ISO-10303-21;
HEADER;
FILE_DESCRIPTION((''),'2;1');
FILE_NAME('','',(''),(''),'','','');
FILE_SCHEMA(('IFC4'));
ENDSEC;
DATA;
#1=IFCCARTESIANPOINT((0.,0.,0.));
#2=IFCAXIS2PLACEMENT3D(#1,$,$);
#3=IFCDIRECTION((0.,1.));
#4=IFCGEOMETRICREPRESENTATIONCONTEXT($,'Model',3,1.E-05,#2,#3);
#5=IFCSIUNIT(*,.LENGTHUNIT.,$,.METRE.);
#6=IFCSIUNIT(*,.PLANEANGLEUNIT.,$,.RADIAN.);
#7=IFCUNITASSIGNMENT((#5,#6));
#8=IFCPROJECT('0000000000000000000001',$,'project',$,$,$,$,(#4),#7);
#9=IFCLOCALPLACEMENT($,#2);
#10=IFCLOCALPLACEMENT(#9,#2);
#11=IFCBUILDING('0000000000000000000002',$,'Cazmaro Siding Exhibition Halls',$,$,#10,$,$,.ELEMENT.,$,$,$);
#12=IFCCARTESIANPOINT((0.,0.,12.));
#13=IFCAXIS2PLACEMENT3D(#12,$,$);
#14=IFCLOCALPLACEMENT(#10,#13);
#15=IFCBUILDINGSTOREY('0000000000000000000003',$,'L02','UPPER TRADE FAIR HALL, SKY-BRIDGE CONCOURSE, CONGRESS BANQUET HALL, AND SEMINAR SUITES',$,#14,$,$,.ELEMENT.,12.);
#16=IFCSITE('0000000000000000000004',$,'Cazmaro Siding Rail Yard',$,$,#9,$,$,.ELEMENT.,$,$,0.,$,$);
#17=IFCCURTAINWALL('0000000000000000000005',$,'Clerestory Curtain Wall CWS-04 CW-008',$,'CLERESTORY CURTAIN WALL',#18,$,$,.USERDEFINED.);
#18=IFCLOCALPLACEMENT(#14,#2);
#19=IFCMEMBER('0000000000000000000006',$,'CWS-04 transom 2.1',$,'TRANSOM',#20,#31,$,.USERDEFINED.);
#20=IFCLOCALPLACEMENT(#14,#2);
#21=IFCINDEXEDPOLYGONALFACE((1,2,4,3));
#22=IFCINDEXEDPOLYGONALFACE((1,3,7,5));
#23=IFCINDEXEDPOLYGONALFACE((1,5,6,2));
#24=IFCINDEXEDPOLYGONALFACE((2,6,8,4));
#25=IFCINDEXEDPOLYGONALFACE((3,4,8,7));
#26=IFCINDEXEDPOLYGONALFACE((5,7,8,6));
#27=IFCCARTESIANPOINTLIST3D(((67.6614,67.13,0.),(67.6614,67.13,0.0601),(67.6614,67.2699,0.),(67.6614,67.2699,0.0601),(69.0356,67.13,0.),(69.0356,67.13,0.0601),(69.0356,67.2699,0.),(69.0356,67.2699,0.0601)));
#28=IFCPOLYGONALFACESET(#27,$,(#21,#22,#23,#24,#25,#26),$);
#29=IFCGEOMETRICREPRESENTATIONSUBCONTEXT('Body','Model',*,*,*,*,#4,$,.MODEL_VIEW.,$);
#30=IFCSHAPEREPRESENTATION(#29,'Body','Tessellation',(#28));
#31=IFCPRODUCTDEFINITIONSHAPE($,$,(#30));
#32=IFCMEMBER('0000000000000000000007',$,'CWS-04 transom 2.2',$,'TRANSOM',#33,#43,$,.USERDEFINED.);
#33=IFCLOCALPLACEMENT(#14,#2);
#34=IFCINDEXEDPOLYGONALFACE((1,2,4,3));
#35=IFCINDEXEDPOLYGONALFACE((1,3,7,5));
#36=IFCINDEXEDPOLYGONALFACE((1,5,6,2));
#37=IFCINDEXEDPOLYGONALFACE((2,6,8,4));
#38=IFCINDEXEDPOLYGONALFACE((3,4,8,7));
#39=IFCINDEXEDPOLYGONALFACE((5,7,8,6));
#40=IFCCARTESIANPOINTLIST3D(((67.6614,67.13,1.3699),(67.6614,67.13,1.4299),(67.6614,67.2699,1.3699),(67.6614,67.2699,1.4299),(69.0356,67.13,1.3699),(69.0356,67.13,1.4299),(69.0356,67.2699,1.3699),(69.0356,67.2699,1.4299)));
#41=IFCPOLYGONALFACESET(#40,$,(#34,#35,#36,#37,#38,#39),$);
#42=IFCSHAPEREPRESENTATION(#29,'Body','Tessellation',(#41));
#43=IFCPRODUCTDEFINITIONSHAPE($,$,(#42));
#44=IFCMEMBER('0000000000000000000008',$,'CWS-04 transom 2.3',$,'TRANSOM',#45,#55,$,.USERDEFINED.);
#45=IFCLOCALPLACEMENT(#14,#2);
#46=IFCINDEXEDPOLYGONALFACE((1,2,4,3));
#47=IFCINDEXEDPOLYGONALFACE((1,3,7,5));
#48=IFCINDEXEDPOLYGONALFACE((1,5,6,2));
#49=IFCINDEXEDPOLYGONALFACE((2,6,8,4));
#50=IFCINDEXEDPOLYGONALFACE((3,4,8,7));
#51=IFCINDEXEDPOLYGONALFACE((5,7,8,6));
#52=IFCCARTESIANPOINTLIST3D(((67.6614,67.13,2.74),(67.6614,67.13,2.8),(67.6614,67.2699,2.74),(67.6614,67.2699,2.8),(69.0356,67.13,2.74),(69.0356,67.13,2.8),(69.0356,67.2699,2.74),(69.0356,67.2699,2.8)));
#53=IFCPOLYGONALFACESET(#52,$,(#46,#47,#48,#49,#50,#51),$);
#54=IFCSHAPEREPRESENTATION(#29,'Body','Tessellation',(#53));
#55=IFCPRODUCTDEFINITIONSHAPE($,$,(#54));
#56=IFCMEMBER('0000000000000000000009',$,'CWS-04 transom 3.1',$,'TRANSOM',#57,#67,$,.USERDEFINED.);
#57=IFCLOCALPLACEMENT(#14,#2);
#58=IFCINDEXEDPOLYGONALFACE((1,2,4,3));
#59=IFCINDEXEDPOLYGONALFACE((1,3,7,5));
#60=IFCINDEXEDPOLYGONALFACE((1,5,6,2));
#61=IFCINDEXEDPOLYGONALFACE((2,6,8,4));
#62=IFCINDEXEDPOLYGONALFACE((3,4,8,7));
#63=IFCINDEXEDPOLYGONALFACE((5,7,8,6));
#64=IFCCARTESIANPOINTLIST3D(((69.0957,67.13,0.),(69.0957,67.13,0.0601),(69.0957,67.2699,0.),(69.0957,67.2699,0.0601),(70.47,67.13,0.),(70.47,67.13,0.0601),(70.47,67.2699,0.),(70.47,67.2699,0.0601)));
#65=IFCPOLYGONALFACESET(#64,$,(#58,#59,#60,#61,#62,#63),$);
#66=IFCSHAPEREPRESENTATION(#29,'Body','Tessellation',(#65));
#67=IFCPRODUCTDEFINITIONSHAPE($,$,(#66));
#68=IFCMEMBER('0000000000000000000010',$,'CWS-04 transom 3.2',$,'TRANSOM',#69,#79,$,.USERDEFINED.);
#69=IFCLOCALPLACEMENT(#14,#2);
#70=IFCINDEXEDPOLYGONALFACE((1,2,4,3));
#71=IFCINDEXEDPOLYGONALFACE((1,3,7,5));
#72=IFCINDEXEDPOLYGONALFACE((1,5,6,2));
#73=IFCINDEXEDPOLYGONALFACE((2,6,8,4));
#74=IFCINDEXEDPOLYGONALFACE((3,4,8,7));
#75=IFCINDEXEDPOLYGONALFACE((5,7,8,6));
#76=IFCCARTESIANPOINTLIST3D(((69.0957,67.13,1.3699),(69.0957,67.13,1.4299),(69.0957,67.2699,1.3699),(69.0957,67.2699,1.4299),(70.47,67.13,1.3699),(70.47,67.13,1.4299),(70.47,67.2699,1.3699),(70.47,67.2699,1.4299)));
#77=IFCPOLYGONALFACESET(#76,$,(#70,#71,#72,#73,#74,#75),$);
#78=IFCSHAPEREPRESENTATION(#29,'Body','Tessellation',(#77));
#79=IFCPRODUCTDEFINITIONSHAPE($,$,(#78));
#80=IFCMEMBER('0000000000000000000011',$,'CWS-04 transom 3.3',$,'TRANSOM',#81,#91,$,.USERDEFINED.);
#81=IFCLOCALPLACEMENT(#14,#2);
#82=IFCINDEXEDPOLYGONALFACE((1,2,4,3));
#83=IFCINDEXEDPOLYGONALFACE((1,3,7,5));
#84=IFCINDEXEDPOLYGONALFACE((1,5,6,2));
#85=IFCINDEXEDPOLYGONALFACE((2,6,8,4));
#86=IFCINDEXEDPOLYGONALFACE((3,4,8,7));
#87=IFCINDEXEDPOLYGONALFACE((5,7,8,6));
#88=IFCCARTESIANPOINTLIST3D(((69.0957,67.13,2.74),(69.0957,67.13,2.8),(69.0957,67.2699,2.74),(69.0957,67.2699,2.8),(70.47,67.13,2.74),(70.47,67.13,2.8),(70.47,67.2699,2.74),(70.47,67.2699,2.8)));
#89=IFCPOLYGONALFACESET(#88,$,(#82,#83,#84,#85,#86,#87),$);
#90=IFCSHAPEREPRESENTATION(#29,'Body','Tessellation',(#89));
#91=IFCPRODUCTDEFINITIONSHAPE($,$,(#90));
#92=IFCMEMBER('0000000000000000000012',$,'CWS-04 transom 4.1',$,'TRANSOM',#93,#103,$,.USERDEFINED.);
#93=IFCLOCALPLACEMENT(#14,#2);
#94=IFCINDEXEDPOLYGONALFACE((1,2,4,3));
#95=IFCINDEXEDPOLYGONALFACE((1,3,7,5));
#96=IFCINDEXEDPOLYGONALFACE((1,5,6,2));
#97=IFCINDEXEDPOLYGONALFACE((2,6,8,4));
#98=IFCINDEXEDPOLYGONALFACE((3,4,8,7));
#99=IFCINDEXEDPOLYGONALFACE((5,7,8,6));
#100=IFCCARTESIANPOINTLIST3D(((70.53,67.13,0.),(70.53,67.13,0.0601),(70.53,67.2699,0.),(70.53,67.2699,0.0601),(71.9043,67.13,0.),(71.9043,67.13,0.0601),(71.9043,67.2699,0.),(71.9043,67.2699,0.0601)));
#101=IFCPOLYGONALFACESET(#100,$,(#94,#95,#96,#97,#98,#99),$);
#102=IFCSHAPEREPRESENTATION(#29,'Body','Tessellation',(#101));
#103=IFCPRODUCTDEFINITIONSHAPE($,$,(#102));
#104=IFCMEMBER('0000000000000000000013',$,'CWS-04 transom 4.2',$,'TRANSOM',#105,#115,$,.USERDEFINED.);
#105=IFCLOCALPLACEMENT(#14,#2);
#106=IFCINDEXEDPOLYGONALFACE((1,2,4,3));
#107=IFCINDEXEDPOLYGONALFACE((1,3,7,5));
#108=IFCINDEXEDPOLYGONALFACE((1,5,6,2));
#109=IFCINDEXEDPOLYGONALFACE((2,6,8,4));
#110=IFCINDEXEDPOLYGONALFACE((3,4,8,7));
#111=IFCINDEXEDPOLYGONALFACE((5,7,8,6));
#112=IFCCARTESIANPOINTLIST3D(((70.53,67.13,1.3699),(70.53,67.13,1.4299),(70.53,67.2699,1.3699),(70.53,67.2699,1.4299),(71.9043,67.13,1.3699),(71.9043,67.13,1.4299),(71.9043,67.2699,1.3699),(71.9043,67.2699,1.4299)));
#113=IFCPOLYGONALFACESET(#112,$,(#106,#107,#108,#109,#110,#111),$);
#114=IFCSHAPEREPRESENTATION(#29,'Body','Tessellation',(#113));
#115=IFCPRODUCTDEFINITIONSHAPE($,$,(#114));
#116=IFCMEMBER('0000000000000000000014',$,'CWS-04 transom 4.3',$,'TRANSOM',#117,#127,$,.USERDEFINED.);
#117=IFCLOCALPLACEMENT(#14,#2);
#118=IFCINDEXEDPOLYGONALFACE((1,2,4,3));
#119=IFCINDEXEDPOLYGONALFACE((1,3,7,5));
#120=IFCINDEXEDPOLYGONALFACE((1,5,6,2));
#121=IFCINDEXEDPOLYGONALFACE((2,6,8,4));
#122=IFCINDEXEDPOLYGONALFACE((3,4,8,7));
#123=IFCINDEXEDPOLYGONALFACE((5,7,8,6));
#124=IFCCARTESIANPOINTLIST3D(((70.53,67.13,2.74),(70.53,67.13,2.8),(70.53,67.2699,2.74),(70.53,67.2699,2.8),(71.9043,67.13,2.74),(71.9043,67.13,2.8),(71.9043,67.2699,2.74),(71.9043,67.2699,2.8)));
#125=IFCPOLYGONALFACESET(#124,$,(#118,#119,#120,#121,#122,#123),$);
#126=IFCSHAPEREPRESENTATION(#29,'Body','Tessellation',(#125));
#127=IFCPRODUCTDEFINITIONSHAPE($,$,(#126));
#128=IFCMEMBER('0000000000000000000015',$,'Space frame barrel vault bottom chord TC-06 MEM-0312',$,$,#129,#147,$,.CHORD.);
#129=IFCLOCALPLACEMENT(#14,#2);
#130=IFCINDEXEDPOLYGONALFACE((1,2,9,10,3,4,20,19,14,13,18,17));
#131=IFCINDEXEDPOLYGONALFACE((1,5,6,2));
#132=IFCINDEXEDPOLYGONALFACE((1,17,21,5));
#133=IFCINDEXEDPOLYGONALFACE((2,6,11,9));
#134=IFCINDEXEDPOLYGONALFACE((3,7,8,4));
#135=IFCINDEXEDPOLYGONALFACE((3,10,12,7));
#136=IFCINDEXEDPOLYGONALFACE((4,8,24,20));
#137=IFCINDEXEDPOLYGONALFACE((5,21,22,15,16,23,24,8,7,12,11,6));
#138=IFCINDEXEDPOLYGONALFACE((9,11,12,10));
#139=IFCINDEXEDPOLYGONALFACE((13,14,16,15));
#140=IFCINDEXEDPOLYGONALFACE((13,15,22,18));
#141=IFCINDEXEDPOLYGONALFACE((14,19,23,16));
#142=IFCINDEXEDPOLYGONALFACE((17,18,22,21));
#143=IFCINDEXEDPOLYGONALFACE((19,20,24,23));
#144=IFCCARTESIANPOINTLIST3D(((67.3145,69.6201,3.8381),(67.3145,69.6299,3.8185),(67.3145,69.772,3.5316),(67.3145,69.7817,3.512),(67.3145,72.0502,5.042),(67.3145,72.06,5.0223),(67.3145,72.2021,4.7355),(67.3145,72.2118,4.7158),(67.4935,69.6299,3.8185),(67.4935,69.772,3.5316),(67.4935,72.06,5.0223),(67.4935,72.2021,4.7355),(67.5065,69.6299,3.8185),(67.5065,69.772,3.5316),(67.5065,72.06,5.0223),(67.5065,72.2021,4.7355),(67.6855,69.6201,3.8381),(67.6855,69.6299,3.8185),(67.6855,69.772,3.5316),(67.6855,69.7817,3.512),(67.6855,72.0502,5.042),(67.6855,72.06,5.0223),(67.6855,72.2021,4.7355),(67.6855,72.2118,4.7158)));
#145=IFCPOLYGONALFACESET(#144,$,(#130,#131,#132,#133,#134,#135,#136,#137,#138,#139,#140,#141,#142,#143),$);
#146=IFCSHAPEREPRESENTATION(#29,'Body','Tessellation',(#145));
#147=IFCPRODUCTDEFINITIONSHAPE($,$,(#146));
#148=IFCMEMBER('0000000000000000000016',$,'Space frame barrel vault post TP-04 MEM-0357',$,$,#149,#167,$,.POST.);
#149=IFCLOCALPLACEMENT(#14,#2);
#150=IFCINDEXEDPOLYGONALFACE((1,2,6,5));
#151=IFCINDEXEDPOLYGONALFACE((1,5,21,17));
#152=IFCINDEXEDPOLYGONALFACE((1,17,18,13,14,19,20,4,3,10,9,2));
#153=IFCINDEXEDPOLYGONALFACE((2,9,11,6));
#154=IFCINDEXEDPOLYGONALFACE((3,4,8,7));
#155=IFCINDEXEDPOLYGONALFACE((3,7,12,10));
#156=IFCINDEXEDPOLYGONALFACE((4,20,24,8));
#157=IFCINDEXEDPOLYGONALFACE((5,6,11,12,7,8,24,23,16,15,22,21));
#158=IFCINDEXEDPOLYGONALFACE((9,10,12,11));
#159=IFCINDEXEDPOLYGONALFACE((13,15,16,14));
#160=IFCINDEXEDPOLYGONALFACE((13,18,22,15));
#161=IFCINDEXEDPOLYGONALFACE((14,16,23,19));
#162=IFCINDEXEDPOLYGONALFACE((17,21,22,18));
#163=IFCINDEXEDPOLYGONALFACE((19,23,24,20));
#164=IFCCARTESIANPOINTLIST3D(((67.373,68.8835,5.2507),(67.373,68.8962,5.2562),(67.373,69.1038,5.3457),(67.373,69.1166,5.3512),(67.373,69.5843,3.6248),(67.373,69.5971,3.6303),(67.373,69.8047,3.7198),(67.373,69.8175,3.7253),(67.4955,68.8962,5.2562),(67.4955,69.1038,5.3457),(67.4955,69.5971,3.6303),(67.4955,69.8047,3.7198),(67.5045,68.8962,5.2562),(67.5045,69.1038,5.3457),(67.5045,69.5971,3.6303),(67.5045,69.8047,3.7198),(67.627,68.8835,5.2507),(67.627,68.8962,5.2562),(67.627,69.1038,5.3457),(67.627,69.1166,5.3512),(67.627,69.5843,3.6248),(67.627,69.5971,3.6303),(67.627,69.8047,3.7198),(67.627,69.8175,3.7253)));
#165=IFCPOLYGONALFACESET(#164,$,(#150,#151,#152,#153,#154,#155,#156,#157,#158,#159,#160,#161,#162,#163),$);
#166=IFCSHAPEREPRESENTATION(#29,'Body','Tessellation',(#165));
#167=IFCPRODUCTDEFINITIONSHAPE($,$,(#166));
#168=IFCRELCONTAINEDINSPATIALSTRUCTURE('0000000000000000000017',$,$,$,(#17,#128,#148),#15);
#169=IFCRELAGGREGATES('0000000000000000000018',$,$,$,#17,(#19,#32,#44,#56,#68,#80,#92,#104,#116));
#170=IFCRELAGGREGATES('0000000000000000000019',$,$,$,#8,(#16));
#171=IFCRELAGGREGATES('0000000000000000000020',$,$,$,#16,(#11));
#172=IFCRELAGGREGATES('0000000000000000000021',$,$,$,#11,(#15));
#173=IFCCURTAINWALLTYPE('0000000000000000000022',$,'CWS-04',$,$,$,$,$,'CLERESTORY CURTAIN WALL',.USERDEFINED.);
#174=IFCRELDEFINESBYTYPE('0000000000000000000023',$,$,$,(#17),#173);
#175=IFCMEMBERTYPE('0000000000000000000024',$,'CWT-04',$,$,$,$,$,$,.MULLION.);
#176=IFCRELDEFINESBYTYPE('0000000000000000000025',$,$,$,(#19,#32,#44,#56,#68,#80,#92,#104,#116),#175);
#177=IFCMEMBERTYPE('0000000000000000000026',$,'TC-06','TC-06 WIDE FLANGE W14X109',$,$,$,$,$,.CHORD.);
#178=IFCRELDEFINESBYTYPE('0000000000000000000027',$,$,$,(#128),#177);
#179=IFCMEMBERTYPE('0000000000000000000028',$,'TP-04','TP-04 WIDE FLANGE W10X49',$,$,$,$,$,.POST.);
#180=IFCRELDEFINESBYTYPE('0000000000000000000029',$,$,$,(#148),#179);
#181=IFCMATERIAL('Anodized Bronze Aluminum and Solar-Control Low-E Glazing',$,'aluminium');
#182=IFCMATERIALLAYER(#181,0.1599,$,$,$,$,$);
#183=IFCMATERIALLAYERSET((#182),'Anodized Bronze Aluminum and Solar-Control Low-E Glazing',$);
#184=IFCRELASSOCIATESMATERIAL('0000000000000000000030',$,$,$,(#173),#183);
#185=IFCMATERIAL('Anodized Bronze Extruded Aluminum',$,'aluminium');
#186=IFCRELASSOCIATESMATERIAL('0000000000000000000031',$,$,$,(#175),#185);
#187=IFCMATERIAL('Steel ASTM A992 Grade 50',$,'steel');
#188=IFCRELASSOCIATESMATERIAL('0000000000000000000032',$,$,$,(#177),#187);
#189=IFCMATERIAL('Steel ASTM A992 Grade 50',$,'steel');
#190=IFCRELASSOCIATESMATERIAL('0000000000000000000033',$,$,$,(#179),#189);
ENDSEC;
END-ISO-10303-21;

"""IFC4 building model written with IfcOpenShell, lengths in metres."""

from ifc_helpers import new_model, si_unit, direction, frame, origin, origin_2d, place, context, subcontext, project, spatial, rectangle, i_section, extrude, material, layer, layer_set, material_profile, profile_set, type_object, element, aggregate, save


model = new_model("IFC4")

# Units and contexts
model_context = context("Model", 3, precision=1e-05, world=origin(), true_north=direction((0.0, 1.0)))
body_context = subcontext(model_context, "Body", "Model", "MODEL_VIEW")
ifc_project = project(units=[si_unit("LENGTHUNIT", "METRE"), si_unit("PLANEANGLEUNIT", "RADIAN")], contexts=[model_context])

# Site, building, storey
site_placement = place(None, origin())
site = spatial("IfcSite", under=ifc_project, at=site_placement, Name="Cazmaro Siding Rail Yard", CompositionType="ELEMENT", RefElevation=0.0)
building_placement = place(site_placement, origin())
building = spatial("IfcBuilding", under=site, at=building_placement, Name="Cazmaro Siding Exhibition Halls", CompositionType="ELEMENT")
storey_placement = place(building_placement, frame((0.0, 0.0, 12.0)))
storey = spatial("IfcBuildingStorey", under=building, at=storey_placement, Name="L02", Description="UPPER TRADE FAIR HALL, SKY-BRIDGE CONCOURSE, CONGRESS BANQUET HALL, AND SEMINAR SUITES", CompositionType="ELEMENT", Elevation=12.0)

# Curtain wall
ifc_material_1 = material(Name="Anodized Bronze Aluminum and Solar-Control Low-E Glazing", Category="aluminium")
ifc_layer_1 = layer(ifc_material_1, 0.1599)
ifc_layer_set_1 = layer_set([ifc_layer_1], Name="Anodized Bronze Aluminum and Solar-Control Low-E Glazing")
curtain_wall_type_1 = type_object("IfcCurtainWallType", Name="CWS-04", ElementType="CLERESTORY CURTAIN WALL", PredefinedType="USERDEFINED", material=ifc_layer_set_1)
curtain_wall_1_placement = place(storey_placement, origin())
curtain_wall_1 = element("IfcCurtainWall", 1, at=curtain_wall_1_placement, inside=storey, type_object=curtain_wall_type_1, Name="Clerestory Curtain Wall CWS-04 CW-008", ObjectType="CLERESTORY CURTAIN WALL", PredefinedType="USERDEFINED")

# Members
ifc_material_2 = material(Name="Anodized Bronze Extruded Aluminum", Category="aluminium")
ifc_material_profile_1 = material_profile(ifc_material_2, rectangle(XDim=0.1399, YDim=0.0601, at=origin_2d()), Name="CWT-04")
ifc_profile_set_1 = profile_set([ifc_material_profile_1], Name="Anodized Bronze Extruded Aluminum")
member_type_1 = type_object("IfcMemberType", Name="CWT-04", PredefinedType="MULLION", material=ifc_profile_set_1)
member_1_placement = place(storey_placement, frame((67.6614, 67.2, 0.03), z_axis=(1.0, 0.0, 0.0), x_axis=(0.0, 1.0, 0.0)))
member_1 = element("IfcMember", 2, at=member_1_placement, type_object=member_type_1, Name="CWS-04 transom 2.1", ObjectType="TRANSOM", PredefinedType="USERDEFINED", context=body_context, shape_type="SweptSolid", body=[
    extrude(rectangle(XDim=0.1399, YDim=0.0601, at=origin_2d()), origin(), (0.0, 0.0, 1.0), 1.3743),
])
member_2_placement = place(storey_placement, frame((67.6614, 67.2, 1.3999), z_axis=(1.0, 0.0, 0.0), x_axis=(0.0, 1.0, 0.0)))
member_2 = element("IfcMember", 3, at=member_2_placement, type_object=member_type_1, Name="CWS-04 transom 2.2", ObjectType="TRANSOM", PredefinedType="USERDEFINED", context=body_context, shape_type="SweptSolid", body=[
    extrude(rectangle(XDim=0.1399, YDim=0.0601, at=origin_2d()), origin(), (0.0, 0.0, 1.0), 1.3743),
])
member_3_placement = place(storey_placement, frame((67.6614, 67.2, 2.77), z_axis=(1.0, 0.0, 0.0), x_axis=(0.0, 1.0, 0.0)))
member_3 = element("IfcMember", 4, at=member_3_placement, type_object=member_type_1, Name="CWS-04 transom 2.3", ObjectType="TRANSOM", PredefinedType="USERDEFINED", context=body_context, shape_type="SweptSolid", body=[
    extrude(rectangle(XDim=0.1399, YDim=0.0601, at=origin_2d()), origin(), (0.0, 0.0, 1.0), 1.3743),
])
member_4_placement = place(storey_placement, frame((69.0957, 67.2, 0.03), z_axis=(1.0, 0.0, 0.0), x_axis=(0.0, 1.0, 0.0)))
member_4 = element("IfcMember", 5, at=member_4_placement, type_object=member_type_1, Name="CWS-04 transom 3.1", ObjectType="TRANSOM", PredefinedType="USERDEFINED", context=body_context, shape_type="SweptSolid", body=[
    extrude(rectangle(XDim=0.1399, YDim=0.0601, at=origin_2d()), origin(), (0.0, 0.0, 1.0), 1.3743),
])
member_5_placement = place(storey_placement, frame((69.0957, 67.2, 1.3999), z_axis=(1.0, 0.0, 0.0), x_axis=(0.0, 1.0, 0.0)))
member_5 = element("IfcMember", 6, at=member_5_placement, type_object=member_type_1, Name="CWS-04 transom 3.2", ObjectType="TRANSOM", PredefinedType="USERDEFINED", context=body_context, shape_type="SweptSolid", body=[
    extrude(rectangle(XDim=0.1399, YDim=0.0601, at=origin_2d()), origin(), (0.0, 0.0, 1.0), 1.3743),
])
member_6_placement = place(storey_placement, frame((69.0957, 67.2, 2.77), z_axis=(1.0, 0.0, 0.0), x_axis=(0.0, 1.0, 0.0)))
member_6 = element("IfcMember", 7, at=member_6_placement, type_object=member_type_1, Name="CWS-04 transom 3.3", ObjectType="TRANSOM", PredefinedType="USERDEFINED", context=body_context, shape_type="SweptSolid", body=[
    extrude(rectangle(XDim=0.1399, YDim=0.0601, at=origin_2d()), origin(), (0.0, 0.0, 1.0), 1.3743),
])
member_7_placement = place(storey_placement, frame((70.53, 67.2, 0.03), z_axis=(1.0, 0.0, 0.0), x_axis=(0.0, 1.0, 0.0)))
member_7 = element("IfcMember", 8, at=member_7_placement, type_object=member_type_1, Name="CWS-04 transom 4.1", ObjectType="TRANSOM", PredefinedType="USERDEFINED", context=body_context, shape_type="SweptSolid", body=[
    extrude(rectangle(XDim=0.1399, YDim=0.0601, at=origin_2d()), origin(), (0.0, 0.0, 1.0), 1.3743),
])
member_8_placement = place(storey_placement, frame((70.53, 67.2, 1.3999), z_axis=(1.0, 0.0, 0.0), x_axis=(0.0, 1.0, 0.0)))
member_8 = element("IfcMember", 9, at=member_8_placement, type_object=member_type_1, Name="CWS-04 transom 4.2", ObjectType="TRANSOM", PredefinedType="USERDEFINED", context=body_context, shape_type="SweptSolid", body=[
    extrude(rectangle(XDim=0.1399, YDim=0.0601, at=origin_2d()), origin(), (0.0, 0.0, 1.0), 1.3743),
])
member_9_placement = place(storey_placement, frame((70.53, 67.2, 2.77), z_axis=(1.0, 0.0, 0.0), x_axis=(0.0, 1.0, 0.0)))
member_9 = element("IfcMember", 10, at=member_9_placement, type_object=member_type_1, Name="CWS-04 transom 4.3", ObjectType="TRANSOM", PredefinedType="USERDEFINED", context=body_context, shape_type="SweptSolid", body=[
    extrude(rectangle(XDim=0.1399, YDim=0.0601, at=origin_2d()), origin(), (0.0, 0.0, 1.0), 1.3743),
])

# Members
ifc_material_3 = material(Name="Steel ASTM A992 Grade 50", Category="steel")
ifc_material_profile_2 = material_profile(ifc_material_3, i_section(OverallWidth=0.3711, OverallDepth=0.364, WebThickness=0.0129, FlangeThickness=0.022, at=origin_2d()), Name="W14X109")
ifc_profile_set_2 = profile_set([ifc_material_profile_2], Name="Steel ASTM A992 Grade 50")
member_type_2 = type_object("IfcMemberType", Name="TC-06", Description="TC-06 WIDE FLANGE W14X109", PredefinedType="CHORD", material=ifc_profile_set_2)
member_10_placement = place(storey_placement, frame((67.5, 69.7009, 3.675), z_axis=(0.0, 0.896077, 0.443898), x_axis=(-1.0, 0.0, 0.0)))
element("IfcMember", 11, at=member_10_placement, inside=storey, type_object=member_type_2, Name="Space frame barrel vault bottom chord TC-06 MEM-0312", PredefinedType="CHORD", context=body_context, shape_type="SweptSolid", body=[
    extrude(i_section(OverallWidth=0.3711, OverallDepth=0.364, WebThickness=0.0129, FlangeThickness=0.022, at=origin_2d()), origin(), (0.0, 0.0, 1.0), 2.7119),
])
ifc_material_4 = material(Name="Steel ASTM A992 Grade 50", Category="steel")
ifc_material_profile_3 = material_profile(ifc_material_4, i_section(OverallWidth=0.2539, OverallDepth=0.2539, WebThickness=0.009, FlangeThickness=0.0139, at=origin_2d()), Name="W10X49")
ifc_profile_set_3 = profile_set([ifc_material_profile_3], Name="Steel ASTM A992 Grade 50")
member_type_3 = type_object("IfcMemberType", Name="TP-04", Description="TP-04 WIDE FLANGE W10X49", PredefinedType="POST", material=ifc_profile_set_3)
member_11_placement = place(storey_placement, frame((67.5, 69.7009, 3.675), z_axis=(0.0, -0.395865, 0.918309), x_axis=(1.0, 0.0, 0.0)))
element("IfcMember", 12, at=member_11_placement, inside=storey, type_object=member_type_3, Name="Space frame barrel vault post TP-04 MEM-0357", PredefinedType="POST", context=body_context, shape_type="SweptSolid", body=[
    extrude(i_section(OverallWidth=0.2539, OverallDepth=0.2539, WebThickness=0.009, FlangeThickness=0.0139, at=origin_2d()), origin(), (0.0, 0.0, 1.0), 1.7705),
])

aggregate(curtain_wall_1, [member_1, member_2, member_3, member_4, member_5, member_6, member_7, member_8, member_9])

save(model, "model.ifc")
